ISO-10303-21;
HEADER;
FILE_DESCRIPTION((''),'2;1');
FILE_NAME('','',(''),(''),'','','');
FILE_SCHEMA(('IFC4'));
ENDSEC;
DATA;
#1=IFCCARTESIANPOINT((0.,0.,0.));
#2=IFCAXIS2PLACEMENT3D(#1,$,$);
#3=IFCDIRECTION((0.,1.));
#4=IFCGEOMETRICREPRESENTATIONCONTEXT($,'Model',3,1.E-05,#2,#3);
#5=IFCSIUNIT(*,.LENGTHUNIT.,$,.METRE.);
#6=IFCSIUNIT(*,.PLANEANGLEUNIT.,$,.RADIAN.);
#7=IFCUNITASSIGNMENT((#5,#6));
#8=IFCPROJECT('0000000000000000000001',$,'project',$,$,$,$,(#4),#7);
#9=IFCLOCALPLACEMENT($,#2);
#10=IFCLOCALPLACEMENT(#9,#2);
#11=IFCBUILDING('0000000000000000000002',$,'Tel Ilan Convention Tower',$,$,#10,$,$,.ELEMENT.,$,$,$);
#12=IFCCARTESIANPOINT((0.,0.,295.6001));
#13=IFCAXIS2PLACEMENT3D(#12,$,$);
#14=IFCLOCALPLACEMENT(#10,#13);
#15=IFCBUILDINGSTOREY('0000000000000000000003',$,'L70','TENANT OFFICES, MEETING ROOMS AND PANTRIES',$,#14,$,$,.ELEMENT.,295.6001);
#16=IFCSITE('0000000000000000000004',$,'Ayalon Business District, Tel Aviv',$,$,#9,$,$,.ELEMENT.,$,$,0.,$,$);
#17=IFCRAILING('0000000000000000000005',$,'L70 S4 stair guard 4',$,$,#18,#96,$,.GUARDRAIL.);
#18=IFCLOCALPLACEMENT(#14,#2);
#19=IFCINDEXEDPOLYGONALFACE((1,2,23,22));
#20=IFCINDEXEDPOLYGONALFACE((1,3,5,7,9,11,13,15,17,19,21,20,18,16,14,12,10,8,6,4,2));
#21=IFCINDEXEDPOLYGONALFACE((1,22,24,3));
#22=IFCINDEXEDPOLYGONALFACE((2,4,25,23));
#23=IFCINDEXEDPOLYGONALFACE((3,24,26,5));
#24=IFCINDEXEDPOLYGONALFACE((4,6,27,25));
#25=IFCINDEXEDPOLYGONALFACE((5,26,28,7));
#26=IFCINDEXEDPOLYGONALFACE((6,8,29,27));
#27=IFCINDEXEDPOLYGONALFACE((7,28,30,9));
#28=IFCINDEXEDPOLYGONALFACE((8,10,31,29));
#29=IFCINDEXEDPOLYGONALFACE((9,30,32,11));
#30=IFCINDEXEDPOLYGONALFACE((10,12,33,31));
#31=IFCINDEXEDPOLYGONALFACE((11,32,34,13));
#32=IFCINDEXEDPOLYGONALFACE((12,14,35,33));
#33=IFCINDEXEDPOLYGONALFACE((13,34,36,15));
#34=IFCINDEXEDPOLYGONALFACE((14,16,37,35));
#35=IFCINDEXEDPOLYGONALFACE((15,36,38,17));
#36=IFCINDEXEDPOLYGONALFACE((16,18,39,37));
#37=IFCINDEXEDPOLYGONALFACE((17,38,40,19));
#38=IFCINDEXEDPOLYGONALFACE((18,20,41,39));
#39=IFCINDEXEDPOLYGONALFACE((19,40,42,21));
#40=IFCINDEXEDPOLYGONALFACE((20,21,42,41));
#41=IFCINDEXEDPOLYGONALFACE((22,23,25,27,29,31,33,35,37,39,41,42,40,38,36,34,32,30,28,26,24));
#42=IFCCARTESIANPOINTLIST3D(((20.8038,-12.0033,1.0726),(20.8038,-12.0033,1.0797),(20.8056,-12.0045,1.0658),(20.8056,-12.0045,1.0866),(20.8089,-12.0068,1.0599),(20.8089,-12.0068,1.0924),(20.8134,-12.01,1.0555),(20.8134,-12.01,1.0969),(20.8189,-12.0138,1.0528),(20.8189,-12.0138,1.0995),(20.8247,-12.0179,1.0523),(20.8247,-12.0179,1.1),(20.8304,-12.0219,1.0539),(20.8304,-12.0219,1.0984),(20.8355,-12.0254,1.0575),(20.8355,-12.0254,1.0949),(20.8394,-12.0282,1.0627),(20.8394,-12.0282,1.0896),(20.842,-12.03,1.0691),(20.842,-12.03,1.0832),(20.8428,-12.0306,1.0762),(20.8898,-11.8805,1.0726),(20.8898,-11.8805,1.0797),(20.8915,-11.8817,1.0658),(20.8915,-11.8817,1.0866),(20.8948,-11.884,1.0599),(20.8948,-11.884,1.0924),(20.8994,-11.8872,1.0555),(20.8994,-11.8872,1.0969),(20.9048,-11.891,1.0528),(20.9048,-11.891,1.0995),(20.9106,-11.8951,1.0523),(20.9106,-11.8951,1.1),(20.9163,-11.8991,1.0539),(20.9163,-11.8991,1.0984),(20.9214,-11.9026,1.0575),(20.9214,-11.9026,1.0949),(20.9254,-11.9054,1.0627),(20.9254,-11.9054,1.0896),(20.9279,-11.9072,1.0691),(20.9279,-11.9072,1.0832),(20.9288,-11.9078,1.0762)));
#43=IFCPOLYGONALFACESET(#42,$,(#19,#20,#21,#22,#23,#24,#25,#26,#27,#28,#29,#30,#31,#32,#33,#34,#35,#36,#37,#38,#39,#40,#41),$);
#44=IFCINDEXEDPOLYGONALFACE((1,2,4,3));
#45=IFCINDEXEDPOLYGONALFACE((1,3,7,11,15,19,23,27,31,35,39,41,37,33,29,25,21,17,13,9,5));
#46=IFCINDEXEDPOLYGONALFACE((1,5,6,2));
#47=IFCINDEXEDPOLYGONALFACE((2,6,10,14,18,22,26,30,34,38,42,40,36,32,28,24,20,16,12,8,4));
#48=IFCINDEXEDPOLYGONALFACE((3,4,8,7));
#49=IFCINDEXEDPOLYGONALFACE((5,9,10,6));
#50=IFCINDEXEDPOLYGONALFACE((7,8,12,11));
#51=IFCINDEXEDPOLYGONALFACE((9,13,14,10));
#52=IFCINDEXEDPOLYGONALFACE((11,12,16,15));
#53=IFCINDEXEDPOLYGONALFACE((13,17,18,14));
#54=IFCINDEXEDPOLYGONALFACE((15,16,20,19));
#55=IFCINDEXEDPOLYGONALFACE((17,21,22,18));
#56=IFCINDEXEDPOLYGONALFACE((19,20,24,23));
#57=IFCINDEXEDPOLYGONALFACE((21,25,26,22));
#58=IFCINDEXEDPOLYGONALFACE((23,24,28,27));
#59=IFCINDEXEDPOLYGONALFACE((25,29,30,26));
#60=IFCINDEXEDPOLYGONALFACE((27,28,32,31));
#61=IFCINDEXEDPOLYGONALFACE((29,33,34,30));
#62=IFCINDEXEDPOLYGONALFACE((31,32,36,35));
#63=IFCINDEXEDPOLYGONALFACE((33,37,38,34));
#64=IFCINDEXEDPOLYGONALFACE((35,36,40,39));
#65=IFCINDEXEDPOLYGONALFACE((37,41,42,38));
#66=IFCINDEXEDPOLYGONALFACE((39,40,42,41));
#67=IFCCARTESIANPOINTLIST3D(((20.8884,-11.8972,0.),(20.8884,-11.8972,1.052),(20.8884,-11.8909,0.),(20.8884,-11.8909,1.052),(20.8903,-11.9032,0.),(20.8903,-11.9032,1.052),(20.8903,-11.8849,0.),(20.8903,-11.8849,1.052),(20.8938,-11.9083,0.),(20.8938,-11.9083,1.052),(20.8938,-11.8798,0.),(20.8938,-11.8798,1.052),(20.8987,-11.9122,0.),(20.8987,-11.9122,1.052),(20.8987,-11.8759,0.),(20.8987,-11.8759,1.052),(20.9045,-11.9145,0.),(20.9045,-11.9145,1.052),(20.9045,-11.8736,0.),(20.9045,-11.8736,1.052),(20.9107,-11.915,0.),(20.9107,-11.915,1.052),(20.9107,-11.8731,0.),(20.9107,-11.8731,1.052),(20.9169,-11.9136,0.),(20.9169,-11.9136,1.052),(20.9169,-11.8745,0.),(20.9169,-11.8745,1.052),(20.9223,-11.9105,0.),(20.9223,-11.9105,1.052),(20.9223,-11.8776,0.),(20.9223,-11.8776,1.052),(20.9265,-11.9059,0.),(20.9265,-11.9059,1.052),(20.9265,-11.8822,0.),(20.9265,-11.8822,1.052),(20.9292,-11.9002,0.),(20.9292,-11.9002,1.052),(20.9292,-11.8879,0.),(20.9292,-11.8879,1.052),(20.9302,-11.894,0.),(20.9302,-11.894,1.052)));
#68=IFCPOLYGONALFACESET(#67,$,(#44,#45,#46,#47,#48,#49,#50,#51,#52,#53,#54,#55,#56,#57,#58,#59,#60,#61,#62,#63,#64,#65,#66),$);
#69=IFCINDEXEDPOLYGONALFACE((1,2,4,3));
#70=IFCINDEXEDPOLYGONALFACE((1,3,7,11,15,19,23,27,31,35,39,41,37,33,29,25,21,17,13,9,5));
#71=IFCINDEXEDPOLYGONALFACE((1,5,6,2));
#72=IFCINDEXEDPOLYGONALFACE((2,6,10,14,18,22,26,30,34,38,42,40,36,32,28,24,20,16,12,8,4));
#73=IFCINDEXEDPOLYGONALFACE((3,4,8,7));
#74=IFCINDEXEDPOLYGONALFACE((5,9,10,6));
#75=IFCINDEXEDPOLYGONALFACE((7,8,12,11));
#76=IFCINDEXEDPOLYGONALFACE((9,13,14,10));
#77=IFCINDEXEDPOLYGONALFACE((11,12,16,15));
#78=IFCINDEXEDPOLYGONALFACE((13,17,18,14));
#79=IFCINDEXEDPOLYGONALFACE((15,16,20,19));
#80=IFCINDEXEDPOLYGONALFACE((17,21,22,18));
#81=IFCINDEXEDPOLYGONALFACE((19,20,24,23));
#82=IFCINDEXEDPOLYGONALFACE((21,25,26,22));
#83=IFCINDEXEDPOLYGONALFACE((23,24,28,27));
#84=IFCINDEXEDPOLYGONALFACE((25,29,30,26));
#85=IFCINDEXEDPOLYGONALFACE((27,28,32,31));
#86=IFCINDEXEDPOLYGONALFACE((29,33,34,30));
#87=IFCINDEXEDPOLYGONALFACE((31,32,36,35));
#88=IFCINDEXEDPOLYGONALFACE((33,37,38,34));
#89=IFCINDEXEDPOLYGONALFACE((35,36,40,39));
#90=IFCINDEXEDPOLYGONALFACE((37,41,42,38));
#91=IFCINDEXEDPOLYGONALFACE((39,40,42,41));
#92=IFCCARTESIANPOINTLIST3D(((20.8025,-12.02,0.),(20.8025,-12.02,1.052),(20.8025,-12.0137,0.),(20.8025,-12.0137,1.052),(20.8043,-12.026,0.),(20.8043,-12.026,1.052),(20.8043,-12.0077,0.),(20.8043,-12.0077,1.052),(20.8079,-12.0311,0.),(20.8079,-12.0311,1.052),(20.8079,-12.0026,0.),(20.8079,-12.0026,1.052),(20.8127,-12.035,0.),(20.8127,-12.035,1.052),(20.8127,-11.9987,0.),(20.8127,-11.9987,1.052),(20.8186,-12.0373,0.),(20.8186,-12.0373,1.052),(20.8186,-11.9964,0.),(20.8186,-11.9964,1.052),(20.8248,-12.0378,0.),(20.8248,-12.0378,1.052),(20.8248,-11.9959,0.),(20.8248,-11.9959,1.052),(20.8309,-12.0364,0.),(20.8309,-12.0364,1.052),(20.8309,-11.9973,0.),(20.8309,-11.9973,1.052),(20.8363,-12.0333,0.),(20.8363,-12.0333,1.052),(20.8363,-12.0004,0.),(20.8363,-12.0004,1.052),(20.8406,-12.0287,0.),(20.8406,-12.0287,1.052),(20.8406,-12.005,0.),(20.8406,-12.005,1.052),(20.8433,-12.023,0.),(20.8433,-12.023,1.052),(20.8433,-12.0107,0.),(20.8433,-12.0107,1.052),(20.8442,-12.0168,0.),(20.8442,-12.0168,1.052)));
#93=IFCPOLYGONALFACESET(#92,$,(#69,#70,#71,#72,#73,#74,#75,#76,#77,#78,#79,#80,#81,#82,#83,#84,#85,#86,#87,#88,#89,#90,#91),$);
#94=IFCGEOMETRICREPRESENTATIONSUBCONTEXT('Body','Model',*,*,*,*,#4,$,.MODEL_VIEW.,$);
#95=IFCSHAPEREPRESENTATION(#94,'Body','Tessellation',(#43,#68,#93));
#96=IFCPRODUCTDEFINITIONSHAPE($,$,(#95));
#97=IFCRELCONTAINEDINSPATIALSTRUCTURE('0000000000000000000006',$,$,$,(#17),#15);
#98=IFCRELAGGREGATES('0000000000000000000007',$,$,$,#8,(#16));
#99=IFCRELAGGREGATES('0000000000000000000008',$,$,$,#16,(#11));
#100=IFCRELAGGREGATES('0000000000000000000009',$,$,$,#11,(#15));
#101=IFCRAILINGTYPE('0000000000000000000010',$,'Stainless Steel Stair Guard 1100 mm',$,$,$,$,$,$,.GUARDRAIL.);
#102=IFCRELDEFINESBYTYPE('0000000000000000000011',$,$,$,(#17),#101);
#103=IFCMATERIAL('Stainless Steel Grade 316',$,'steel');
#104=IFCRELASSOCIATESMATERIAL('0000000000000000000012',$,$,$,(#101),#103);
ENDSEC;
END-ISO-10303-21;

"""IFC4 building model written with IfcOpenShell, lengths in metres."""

from ifc_helpers import new_model, si_unit, direction, frame, origin, origin_2d, place, context, subcontext, project, spatial, circle, extrude, material, type_object, element, save


model = new_model("IFC4")

# Units and contexts
model_context = context("Model", 3, precision=1e-05, world=origin(), true_north=direction((0.0, 1.0)))
body_context = subcontext(model_context, "Body", "Model", "MODEL_VIEW")
ifc_project = project(units=[si_unit("LENGTHUNIT", "METRE"), si_unit("PLANEANGLEUNIT", "RADIAN")], contexts=[model_context])

# Site, building, storey
site_placement = place(None, origin())
site = spatial("IfcSite", under=ifc_project, at=site_placement, Name="Ayalon Business District, Tel Aviv", CompositionType="ELEMENT", RefElevation=0.0)
building_placement = place(site_placement, origin())
building = spatial("IfcBuilding", under=site, at=building_placement, Name="Tel Ilan Convention Tower", CompositionType="ELEMENT")
storey_placement = place(building_placement, frame((0.0, 0.0, 295.6001)))
storey = spatial("IfcBuildingStorey", under=building, at=storey_placement, Name="L70", Description="TENANT OFFICES, MEETING ROOMS AND PANTRIES", CompositionType="ELEMENT", Elevation=295.6001)

# Railing
ifc_material_1 = material(Name="Stainless Steel Grade 316", Category="steel")
railing_type = type_object("IfcRailingType", Name="Stainless Steel Stair Guard 1100 mm", PredefinedType="GUARDRAIL", material=ifc_material_1)
railing_placement = place(storey_placement, frame((20.9092, -11.894, 0.0)))
element("IfcRailing", 1, at=railing_placement, inside=storey, type_object=railing_type, Name="L70 S4 stair guard 4", PredefinedType="GUARDRAIL", context=body_context, shape_type="SweptSolid", body=[
    extrude(circle(Radius=0.0239, at=origin_2d()), frame((0.0, 0.0, 1.0762), z_axis=(-0.573353, -0.819308, 0.0), x_axis=(0.819308, -0.573353, 0.0)), (0.0, 0.0, 1.0), 0.1499),
    extrude(circle(Radius=0.021, at=origin_2d()), origin(), (0.0, 0.0, 1.0), 1.052),
    extrude(circle(Radius=0.021, at=origin_2d()), frame((-0.0859, -0.1228, 0.0)), (0.0, 0.0, 1.0), 1.052),
])

save(model, "model.ifc")
